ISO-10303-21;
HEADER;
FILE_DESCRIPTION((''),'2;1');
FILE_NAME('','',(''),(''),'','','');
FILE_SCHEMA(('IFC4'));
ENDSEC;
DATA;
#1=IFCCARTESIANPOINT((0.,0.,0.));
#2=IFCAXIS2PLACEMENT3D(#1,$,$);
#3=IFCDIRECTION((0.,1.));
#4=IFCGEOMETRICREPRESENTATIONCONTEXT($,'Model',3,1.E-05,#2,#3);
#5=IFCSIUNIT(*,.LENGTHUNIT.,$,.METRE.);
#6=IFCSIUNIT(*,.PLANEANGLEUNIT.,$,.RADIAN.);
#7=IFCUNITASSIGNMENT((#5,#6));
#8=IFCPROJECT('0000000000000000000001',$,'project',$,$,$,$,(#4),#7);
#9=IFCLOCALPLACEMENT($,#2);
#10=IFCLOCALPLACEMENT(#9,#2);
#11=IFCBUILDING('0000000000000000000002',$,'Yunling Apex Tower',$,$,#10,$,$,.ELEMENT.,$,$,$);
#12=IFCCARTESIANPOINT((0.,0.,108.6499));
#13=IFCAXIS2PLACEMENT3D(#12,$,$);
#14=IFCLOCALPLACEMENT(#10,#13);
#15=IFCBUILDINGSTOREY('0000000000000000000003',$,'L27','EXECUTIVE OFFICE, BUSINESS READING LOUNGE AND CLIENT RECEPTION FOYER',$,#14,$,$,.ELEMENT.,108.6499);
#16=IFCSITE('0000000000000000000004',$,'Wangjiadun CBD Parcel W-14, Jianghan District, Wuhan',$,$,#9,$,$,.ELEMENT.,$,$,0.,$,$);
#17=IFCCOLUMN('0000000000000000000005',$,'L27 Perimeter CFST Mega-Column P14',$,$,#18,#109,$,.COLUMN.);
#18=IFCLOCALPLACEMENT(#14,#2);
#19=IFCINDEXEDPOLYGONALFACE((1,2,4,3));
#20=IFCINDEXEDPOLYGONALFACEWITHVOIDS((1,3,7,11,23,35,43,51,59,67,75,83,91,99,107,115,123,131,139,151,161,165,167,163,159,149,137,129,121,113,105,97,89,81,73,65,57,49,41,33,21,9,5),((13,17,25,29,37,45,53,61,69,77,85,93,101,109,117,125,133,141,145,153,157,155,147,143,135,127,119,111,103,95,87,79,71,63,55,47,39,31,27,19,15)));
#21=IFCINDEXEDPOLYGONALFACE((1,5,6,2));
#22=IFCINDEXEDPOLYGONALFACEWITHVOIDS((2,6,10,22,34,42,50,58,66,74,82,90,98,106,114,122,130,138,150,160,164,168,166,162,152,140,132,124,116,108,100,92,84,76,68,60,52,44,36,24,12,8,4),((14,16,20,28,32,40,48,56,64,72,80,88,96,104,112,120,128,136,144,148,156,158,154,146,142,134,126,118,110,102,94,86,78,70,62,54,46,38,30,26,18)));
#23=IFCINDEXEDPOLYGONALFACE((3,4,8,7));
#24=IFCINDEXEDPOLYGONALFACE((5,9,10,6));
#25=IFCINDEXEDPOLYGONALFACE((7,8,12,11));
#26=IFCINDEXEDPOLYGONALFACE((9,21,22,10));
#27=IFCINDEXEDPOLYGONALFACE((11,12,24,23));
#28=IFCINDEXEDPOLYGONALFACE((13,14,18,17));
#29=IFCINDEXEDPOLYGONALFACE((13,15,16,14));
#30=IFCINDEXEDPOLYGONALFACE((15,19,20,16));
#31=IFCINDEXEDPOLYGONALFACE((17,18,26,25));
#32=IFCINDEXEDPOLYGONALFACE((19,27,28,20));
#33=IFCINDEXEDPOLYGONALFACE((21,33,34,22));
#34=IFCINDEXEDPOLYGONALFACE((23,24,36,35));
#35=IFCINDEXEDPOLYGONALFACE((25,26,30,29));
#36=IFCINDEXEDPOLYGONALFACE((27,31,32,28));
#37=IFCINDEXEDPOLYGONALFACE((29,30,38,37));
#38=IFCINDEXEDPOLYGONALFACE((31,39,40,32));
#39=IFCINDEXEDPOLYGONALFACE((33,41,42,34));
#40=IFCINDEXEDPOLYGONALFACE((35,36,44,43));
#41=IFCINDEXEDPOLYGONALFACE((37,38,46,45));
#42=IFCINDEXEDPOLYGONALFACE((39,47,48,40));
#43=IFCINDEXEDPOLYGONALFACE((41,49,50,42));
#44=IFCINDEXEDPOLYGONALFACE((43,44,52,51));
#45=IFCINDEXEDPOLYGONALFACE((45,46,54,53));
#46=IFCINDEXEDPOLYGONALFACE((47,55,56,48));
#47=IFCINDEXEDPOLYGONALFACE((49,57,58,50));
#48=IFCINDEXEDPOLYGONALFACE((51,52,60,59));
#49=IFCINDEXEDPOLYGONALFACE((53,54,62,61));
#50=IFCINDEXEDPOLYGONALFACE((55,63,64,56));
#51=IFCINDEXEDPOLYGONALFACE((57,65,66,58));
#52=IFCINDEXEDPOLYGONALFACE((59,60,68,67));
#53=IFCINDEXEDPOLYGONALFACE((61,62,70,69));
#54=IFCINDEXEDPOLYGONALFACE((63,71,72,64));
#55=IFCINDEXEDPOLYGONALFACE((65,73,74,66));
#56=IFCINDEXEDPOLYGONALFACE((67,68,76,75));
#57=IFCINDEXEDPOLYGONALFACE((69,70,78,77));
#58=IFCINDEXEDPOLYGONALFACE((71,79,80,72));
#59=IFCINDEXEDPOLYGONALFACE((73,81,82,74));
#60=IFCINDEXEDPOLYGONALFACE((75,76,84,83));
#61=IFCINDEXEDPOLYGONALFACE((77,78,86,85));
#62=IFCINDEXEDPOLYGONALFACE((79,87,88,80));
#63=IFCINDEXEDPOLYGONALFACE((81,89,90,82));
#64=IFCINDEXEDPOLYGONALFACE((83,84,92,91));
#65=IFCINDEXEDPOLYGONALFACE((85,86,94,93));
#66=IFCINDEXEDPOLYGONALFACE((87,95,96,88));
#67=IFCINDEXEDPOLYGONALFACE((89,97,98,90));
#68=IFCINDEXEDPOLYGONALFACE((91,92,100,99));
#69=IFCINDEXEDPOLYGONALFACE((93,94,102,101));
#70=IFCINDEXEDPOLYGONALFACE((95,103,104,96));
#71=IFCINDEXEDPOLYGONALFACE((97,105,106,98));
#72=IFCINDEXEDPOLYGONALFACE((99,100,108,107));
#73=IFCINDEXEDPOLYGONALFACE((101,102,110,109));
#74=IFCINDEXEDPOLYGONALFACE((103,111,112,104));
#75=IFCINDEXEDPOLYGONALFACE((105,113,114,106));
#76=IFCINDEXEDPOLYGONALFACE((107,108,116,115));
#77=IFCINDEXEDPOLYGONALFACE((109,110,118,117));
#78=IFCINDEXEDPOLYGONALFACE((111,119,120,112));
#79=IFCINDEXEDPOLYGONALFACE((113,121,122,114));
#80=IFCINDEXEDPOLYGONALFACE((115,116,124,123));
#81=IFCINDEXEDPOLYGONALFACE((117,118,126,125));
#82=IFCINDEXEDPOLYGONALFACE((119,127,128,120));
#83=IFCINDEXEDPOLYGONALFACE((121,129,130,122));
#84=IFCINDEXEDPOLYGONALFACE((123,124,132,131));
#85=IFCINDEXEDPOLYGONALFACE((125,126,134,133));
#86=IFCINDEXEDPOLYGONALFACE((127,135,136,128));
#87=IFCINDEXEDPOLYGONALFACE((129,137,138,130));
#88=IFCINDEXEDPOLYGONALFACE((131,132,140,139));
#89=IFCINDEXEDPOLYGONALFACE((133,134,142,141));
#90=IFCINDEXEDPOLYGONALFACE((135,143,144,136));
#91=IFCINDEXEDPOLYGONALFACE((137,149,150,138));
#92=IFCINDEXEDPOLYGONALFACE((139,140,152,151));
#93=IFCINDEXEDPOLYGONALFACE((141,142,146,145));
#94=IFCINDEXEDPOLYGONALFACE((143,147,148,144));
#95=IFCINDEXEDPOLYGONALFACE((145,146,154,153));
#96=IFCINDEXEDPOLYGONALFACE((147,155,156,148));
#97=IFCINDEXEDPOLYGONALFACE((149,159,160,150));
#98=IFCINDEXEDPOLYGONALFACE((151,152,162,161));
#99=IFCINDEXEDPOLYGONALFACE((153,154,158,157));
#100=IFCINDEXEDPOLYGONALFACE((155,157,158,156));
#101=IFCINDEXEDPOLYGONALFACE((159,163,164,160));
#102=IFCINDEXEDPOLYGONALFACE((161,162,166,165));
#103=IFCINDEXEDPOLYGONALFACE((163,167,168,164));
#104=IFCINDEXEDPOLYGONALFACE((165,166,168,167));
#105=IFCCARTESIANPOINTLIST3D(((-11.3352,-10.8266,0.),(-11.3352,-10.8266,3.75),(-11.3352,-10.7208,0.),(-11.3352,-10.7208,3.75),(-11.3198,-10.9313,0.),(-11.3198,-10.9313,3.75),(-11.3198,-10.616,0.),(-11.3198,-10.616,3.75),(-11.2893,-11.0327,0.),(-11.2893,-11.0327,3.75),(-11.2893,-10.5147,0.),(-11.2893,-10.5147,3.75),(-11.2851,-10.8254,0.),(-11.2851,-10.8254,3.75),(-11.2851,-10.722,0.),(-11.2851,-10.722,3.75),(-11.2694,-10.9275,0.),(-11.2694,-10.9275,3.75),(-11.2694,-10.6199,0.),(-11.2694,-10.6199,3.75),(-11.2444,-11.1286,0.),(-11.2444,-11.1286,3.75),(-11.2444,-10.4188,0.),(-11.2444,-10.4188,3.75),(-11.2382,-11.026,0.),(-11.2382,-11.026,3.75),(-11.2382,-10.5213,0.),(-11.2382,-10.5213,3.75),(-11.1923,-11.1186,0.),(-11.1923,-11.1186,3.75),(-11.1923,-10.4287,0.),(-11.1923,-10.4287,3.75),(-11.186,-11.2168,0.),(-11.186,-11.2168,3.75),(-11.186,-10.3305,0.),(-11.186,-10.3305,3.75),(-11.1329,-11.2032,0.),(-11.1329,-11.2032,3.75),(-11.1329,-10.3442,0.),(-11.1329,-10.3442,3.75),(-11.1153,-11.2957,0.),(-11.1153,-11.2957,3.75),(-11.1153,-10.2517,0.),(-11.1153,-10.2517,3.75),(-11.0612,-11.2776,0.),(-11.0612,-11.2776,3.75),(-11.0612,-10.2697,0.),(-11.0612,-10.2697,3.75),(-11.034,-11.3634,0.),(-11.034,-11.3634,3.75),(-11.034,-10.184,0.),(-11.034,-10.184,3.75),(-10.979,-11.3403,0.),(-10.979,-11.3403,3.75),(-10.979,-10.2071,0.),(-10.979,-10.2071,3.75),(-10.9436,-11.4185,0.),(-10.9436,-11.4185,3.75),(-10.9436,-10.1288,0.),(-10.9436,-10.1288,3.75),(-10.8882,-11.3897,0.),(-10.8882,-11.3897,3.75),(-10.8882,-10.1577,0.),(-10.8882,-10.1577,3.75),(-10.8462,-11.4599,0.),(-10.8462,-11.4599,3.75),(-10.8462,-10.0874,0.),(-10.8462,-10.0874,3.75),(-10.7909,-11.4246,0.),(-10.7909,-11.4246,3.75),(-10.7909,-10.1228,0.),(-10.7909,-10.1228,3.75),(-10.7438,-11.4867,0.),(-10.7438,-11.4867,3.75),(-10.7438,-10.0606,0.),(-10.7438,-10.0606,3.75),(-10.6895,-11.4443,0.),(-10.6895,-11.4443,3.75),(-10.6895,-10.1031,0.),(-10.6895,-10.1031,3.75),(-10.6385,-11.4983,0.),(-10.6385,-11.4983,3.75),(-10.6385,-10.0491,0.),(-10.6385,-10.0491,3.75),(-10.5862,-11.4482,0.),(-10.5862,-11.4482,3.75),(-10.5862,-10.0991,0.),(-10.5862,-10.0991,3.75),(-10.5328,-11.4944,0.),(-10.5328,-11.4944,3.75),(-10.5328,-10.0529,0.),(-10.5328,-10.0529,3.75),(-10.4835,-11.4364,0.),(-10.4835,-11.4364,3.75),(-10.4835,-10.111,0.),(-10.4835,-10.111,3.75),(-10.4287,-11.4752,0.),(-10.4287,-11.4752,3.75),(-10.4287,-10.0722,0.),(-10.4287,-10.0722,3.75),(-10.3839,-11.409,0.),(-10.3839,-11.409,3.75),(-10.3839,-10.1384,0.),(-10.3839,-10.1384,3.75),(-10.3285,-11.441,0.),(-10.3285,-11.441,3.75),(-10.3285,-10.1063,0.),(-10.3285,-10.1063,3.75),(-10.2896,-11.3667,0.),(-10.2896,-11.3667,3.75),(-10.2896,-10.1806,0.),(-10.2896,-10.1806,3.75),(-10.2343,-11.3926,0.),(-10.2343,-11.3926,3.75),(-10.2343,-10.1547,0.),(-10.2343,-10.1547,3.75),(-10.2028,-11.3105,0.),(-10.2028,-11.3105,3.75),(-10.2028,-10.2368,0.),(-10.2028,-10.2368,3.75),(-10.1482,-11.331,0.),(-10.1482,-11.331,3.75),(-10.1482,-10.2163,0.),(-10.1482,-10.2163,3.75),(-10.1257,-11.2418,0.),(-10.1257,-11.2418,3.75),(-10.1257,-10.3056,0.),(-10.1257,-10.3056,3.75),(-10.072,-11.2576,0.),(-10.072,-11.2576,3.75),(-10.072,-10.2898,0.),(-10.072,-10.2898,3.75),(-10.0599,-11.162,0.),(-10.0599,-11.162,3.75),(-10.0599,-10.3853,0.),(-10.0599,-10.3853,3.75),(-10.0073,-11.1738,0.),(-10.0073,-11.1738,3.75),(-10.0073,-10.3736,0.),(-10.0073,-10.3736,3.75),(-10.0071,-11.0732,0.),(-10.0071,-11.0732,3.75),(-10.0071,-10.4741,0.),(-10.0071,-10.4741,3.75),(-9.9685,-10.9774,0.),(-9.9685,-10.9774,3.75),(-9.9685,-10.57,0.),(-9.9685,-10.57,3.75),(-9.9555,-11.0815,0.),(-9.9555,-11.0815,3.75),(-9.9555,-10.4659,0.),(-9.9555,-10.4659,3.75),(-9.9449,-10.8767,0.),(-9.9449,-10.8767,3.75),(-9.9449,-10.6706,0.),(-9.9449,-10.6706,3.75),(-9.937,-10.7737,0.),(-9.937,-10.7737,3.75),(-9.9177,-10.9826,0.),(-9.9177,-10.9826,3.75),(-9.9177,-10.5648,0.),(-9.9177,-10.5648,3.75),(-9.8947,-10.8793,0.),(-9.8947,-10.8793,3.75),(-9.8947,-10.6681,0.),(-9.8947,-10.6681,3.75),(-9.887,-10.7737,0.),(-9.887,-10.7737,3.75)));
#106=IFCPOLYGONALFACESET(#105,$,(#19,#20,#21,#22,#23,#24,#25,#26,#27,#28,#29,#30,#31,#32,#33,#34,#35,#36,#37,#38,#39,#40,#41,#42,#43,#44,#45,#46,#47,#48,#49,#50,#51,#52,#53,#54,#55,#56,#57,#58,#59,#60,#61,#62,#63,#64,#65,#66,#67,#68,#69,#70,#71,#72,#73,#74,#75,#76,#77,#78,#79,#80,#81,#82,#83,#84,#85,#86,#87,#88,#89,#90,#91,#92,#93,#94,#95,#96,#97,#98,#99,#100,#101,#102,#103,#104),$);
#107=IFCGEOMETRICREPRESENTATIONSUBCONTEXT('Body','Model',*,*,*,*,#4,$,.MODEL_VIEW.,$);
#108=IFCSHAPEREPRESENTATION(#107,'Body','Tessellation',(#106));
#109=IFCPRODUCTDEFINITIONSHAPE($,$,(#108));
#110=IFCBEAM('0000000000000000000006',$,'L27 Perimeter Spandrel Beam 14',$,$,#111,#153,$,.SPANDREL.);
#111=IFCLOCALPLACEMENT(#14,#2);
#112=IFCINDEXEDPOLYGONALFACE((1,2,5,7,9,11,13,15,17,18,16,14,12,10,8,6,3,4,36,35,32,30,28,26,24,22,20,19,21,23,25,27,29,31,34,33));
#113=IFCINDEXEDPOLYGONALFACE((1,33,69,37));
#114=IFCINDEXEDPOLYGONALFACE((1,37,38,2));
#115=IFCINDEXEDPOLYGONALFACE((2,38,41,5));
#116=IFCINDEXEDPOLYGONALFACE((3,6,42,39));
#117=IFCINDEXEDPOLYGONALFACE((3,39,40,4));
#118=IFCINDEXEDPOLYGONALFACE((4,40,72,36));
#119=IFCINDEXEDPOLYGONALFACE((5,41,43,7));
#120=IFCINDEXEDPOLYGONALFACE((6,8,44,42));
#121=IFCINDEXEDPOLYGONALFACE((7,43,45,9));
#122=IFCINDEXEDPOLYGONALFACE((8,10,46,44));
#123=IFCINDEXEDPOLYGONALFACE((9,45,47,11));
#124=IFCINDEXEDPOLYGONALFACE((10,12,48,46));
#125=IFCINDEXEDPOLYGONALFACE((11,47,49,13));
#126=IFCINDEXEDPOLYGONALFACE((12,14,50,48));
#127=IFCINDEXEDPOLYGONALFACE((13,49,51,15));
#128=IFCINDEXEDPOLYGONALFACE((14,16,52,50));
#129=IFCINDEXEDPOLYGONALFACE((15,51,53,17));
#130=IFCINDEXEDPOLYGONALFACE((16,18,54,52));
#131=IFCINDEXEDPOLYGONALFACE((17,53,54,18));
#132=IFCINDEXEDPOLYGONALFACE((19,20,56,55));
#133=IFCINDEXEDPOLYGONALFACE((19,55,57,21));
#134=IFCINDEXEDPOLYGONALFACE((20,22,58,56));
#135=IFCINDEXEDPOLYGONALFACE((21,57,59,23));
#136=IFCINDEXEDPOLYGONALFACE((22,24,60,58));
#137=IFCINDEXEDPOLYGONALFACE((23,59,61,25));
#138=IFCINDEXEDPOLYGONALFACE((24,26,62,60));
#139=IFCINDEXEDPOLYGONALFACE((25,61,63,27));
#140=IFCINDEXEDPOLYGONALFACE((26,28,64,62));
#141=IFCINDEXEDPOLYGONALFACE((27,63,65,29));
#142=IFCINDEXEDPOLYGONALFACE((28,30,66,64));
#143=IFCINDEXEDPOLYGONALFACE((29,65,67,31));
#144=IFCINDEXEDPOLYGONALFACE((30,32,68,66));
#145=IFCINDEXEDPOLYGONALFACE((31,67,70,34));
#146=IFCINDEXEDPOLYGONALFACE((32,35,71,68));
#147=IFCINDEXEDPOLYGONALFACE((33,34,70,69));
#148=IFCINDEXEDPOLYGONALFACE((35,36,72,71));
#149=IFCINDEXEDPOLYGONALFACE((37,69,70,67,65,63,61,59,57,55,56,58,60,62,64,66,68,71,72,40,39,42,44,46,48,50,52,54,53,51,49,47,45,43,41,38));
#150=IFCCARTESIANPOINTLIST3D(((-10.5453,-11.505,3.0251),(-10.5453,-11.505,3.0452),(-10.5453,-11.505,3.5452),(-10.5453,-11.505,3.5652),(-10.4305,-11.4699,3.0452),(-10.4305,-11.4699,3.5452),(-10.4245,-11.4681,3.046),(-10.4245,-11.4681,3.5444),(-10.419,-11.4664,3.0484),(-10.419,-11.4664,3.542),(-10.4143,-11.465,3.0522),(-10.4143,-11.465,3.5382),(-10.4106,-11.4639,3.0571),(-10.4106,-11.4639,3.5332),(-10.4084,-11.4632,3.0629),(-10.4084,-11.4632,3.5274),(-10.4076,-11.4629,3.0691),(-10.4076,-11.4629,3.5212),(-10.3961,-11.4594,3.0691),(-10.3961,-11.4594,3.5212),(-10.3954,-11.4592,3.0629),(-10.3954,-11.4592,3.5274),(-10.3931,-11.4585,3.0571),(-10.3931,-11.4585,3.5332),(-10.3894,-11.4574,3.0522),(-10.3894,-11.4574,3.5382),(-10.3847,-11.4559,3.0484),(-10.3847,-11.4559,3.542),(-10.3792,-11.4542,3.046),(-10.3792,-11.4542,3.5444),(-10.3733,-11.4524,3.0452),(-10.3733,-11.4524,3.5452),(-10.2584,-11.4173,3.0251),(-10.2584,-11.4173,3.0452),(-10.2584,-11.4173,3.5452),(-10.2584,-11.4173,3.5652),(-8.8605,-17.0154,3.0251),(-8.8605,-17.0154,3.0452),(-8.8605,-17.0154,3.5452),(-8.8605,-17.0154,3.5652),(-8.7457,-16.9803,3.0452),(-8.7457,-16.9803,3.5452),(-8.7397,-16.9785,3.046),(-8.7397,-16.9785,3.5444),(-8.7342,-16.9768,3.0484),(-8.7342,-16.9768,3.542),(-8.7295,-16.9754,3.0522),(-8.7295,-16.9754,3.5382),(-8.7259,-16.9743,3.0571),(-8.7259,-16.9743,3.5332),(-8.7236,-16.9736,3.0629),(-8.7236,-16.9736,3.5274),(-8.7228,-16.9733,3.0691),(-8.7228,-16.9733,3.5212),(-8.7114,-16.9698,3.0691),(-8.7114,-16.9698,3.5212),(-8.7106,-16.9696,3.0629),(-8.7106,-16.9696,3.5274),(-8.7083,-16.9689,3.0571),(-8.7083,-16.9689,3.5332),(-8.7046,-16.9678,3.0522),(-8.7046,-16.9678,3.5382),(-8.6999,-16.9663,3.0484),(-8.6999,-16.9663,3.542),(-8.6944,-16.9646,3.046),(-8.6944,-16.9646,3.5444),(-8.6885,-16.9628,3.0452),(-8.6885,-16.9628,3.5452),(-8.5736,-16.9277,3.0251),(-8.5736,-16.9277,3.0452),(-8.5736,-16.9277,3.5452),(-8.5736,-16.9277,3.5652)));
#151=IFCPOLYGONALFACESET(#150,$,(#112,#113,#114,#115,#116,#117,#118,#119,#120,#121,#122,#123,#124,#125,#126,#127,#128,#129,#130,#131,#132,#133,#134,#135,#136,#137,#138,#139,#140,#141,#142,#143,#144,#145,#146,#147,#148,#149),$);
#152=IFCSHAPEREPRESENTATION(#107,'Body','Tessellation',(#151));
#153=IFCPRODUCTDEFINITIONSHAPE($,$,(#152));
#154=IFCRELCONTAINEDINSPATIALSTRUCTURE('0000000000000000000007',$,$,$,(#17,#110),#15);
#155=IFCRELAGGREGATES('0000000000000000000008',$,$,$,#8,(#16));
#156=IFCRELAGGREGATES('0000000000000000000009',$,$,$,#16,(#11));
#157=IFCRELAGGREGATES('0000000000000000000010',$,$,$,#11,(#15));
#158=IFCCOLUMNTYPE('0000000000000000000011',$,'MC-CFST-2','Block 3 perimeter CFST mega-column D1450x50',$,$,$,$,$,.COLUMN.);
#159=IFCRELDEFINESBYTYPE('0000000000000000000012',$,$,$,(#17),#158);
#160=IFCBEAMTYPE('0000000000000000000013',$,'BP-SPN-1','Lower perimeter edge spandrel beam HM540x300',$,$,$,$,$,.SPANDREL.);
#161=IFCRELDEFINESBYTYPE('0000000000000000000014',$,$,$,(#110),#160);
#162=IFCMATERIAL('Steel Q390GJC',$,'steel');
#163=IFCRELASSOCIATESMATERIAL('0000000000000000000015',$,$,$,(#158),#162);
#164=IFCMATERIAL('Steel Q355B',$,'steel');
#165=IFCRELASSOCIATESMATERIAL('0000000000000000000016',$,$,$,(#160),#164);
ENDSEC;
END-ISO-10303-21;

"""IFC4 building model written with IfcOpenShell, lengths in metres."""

from ifc_helpers import new_model, si_unit, direction, frame, origin, origin_2d, place, context, subcontext, project, spatial, hollow_circle, i_section, extrude, source, transform, mapped, material, material_profile, profile_set, type_object, element, save


model = new_model("IFC4")

# Units and contexts
model_context = context("Model", 3, precision=1e-05, world=origin(), true_north=direction((0.0, 1.0)))
body_context = subcontext(model_context, "Body", "Model", "MODEL_VIEW")
ifc_project = project(units=[si_unit("LENGTHUNIT", "METRE"), si_unit("PLANEANGLEUNIT", "RADIAN")], contexts=[model_context])

# Site, building, storey
site_placement = place(None, origin())
site = spatial("IfcSite", under=ifc_project, at=site_placement, Name="Wangjiadun CBD Parcel W-14, Jianghan District, Wuhan", CompositionType="ELEMENT", RefElevation=0.0)
building_placement = place(site_placement, origin())
building = spatial("IfcBuilding", under=site, at=building_placement, Name="Yunling Apex Tower", CompositionType="ELEMENT")
storey_placement = place(building_placement, frame((0.0, 0.0, 108.6499)))
storey = spatial("IfcBuildingStorey", under=building, at=storey_placement, Name="L27", Description="EXECUTIVE OFFICE, BUSINESS READING LOUNGE AND CLIENT RECEPTION FOYER", CompositionType="ELEMENT", Elevation=108.6499)

# Column
ifc_material_1 = material(Name="Steel Q390GJC", Category="steel")
ifc_material_profile_1 = material_profile(ifc_material_1, hollow_circle(Radius=0.7251, WallThickness=0.05, at=origin_2d()))
ifc_profile_set_1 = profile_set([ifc_material_profile_1], Name="Steel Q390GJC")
column_type = type_object("IfcColumnType", Name="MC-CFST-2", Description="Block 3 perimeter CFST mega-column D1450x50", PredefinedType="COLUMN", material=ifc_profile_set_1)
shared_shape_1 = source(origin(), body_context, "Body", "SweptSolid", [
    extrude(hollow_circle(Radius=0.7251, WallThickness=0.05, at=origin_2d()), origin(), (0.0, 0.0, 1.0), 3.75),
])
column_placement = place(storey_placement, frame((-10.6121, -10.7737, 0.0), z_axis=(0.0, 0.0, 1.0), x_axis=(1.0, 0.0, 0.0)))
element("IfcColumn", 1, at=column_placement, inside=storey, type_object=column_type, Name="L27 Perimeter CFST Mega-Column P14", PredefinedType="COLUMN", context=body_context, shape_type="MappedRepresentation", body=[
    mapped(shared_shape_1, transform((0.0, 0.0, 0.0), scale=1.0)),
])

# Beam
ifc_material_2 = material(Name="Steel Q355B", Category="steel")
ifc_material_profile_2 = material_profile(ifc_material_2, i_section(OverallWidth=0.3, OverallDepth=0.54, WebThickness=0.012, FlangeThickness=0.02, FilletRadius=0.0239, at=origin_2d()))
ifc_profile_set_2 = profile_set([ifc_material_profile_2], Name="Steel Q355B")
beam_type_1 = type_object("IfcBeamType", Name="BP-SPN-1", Description="Lower perimeter edge spandrel beam HM540x300", PredefinedType="SPANDREL", material=ifc_profile_set_2)
shared_shape_2 = source(origin(), body_context, "Body", "SweptSolid", [
    extrude(i_section(OverallWidth=0.3, OverallDepth=0.54, WebThickness=0.012, FlangeThickness=0.02, FilletRadius=0.0239, at=origin_2d()), origin(), (0.0, 0.0, 1.0), 5.7622),
])
beam_1_placement = place(storey_placement, frame((-10.4019, -11.4612, 3.2952), z_axis=(0.292385, -0.956301, 0.0), x_axis=(0.956301, 0.292385, 0.0)))
element("IfcBeam", 2, at=beam_1_placement, inside=storey, type_object=beam_type_1, Name="L27 Perimeter Spandrel Beam 14", PredefinedType="SPANDREL", context=body_context, shape_type="MappedRepresentation", body=[
    mapped(shared_shape_2, transform((0.0, 0.0, 0.0), scale=1.0)),
])

save(model, "model.ifc")
